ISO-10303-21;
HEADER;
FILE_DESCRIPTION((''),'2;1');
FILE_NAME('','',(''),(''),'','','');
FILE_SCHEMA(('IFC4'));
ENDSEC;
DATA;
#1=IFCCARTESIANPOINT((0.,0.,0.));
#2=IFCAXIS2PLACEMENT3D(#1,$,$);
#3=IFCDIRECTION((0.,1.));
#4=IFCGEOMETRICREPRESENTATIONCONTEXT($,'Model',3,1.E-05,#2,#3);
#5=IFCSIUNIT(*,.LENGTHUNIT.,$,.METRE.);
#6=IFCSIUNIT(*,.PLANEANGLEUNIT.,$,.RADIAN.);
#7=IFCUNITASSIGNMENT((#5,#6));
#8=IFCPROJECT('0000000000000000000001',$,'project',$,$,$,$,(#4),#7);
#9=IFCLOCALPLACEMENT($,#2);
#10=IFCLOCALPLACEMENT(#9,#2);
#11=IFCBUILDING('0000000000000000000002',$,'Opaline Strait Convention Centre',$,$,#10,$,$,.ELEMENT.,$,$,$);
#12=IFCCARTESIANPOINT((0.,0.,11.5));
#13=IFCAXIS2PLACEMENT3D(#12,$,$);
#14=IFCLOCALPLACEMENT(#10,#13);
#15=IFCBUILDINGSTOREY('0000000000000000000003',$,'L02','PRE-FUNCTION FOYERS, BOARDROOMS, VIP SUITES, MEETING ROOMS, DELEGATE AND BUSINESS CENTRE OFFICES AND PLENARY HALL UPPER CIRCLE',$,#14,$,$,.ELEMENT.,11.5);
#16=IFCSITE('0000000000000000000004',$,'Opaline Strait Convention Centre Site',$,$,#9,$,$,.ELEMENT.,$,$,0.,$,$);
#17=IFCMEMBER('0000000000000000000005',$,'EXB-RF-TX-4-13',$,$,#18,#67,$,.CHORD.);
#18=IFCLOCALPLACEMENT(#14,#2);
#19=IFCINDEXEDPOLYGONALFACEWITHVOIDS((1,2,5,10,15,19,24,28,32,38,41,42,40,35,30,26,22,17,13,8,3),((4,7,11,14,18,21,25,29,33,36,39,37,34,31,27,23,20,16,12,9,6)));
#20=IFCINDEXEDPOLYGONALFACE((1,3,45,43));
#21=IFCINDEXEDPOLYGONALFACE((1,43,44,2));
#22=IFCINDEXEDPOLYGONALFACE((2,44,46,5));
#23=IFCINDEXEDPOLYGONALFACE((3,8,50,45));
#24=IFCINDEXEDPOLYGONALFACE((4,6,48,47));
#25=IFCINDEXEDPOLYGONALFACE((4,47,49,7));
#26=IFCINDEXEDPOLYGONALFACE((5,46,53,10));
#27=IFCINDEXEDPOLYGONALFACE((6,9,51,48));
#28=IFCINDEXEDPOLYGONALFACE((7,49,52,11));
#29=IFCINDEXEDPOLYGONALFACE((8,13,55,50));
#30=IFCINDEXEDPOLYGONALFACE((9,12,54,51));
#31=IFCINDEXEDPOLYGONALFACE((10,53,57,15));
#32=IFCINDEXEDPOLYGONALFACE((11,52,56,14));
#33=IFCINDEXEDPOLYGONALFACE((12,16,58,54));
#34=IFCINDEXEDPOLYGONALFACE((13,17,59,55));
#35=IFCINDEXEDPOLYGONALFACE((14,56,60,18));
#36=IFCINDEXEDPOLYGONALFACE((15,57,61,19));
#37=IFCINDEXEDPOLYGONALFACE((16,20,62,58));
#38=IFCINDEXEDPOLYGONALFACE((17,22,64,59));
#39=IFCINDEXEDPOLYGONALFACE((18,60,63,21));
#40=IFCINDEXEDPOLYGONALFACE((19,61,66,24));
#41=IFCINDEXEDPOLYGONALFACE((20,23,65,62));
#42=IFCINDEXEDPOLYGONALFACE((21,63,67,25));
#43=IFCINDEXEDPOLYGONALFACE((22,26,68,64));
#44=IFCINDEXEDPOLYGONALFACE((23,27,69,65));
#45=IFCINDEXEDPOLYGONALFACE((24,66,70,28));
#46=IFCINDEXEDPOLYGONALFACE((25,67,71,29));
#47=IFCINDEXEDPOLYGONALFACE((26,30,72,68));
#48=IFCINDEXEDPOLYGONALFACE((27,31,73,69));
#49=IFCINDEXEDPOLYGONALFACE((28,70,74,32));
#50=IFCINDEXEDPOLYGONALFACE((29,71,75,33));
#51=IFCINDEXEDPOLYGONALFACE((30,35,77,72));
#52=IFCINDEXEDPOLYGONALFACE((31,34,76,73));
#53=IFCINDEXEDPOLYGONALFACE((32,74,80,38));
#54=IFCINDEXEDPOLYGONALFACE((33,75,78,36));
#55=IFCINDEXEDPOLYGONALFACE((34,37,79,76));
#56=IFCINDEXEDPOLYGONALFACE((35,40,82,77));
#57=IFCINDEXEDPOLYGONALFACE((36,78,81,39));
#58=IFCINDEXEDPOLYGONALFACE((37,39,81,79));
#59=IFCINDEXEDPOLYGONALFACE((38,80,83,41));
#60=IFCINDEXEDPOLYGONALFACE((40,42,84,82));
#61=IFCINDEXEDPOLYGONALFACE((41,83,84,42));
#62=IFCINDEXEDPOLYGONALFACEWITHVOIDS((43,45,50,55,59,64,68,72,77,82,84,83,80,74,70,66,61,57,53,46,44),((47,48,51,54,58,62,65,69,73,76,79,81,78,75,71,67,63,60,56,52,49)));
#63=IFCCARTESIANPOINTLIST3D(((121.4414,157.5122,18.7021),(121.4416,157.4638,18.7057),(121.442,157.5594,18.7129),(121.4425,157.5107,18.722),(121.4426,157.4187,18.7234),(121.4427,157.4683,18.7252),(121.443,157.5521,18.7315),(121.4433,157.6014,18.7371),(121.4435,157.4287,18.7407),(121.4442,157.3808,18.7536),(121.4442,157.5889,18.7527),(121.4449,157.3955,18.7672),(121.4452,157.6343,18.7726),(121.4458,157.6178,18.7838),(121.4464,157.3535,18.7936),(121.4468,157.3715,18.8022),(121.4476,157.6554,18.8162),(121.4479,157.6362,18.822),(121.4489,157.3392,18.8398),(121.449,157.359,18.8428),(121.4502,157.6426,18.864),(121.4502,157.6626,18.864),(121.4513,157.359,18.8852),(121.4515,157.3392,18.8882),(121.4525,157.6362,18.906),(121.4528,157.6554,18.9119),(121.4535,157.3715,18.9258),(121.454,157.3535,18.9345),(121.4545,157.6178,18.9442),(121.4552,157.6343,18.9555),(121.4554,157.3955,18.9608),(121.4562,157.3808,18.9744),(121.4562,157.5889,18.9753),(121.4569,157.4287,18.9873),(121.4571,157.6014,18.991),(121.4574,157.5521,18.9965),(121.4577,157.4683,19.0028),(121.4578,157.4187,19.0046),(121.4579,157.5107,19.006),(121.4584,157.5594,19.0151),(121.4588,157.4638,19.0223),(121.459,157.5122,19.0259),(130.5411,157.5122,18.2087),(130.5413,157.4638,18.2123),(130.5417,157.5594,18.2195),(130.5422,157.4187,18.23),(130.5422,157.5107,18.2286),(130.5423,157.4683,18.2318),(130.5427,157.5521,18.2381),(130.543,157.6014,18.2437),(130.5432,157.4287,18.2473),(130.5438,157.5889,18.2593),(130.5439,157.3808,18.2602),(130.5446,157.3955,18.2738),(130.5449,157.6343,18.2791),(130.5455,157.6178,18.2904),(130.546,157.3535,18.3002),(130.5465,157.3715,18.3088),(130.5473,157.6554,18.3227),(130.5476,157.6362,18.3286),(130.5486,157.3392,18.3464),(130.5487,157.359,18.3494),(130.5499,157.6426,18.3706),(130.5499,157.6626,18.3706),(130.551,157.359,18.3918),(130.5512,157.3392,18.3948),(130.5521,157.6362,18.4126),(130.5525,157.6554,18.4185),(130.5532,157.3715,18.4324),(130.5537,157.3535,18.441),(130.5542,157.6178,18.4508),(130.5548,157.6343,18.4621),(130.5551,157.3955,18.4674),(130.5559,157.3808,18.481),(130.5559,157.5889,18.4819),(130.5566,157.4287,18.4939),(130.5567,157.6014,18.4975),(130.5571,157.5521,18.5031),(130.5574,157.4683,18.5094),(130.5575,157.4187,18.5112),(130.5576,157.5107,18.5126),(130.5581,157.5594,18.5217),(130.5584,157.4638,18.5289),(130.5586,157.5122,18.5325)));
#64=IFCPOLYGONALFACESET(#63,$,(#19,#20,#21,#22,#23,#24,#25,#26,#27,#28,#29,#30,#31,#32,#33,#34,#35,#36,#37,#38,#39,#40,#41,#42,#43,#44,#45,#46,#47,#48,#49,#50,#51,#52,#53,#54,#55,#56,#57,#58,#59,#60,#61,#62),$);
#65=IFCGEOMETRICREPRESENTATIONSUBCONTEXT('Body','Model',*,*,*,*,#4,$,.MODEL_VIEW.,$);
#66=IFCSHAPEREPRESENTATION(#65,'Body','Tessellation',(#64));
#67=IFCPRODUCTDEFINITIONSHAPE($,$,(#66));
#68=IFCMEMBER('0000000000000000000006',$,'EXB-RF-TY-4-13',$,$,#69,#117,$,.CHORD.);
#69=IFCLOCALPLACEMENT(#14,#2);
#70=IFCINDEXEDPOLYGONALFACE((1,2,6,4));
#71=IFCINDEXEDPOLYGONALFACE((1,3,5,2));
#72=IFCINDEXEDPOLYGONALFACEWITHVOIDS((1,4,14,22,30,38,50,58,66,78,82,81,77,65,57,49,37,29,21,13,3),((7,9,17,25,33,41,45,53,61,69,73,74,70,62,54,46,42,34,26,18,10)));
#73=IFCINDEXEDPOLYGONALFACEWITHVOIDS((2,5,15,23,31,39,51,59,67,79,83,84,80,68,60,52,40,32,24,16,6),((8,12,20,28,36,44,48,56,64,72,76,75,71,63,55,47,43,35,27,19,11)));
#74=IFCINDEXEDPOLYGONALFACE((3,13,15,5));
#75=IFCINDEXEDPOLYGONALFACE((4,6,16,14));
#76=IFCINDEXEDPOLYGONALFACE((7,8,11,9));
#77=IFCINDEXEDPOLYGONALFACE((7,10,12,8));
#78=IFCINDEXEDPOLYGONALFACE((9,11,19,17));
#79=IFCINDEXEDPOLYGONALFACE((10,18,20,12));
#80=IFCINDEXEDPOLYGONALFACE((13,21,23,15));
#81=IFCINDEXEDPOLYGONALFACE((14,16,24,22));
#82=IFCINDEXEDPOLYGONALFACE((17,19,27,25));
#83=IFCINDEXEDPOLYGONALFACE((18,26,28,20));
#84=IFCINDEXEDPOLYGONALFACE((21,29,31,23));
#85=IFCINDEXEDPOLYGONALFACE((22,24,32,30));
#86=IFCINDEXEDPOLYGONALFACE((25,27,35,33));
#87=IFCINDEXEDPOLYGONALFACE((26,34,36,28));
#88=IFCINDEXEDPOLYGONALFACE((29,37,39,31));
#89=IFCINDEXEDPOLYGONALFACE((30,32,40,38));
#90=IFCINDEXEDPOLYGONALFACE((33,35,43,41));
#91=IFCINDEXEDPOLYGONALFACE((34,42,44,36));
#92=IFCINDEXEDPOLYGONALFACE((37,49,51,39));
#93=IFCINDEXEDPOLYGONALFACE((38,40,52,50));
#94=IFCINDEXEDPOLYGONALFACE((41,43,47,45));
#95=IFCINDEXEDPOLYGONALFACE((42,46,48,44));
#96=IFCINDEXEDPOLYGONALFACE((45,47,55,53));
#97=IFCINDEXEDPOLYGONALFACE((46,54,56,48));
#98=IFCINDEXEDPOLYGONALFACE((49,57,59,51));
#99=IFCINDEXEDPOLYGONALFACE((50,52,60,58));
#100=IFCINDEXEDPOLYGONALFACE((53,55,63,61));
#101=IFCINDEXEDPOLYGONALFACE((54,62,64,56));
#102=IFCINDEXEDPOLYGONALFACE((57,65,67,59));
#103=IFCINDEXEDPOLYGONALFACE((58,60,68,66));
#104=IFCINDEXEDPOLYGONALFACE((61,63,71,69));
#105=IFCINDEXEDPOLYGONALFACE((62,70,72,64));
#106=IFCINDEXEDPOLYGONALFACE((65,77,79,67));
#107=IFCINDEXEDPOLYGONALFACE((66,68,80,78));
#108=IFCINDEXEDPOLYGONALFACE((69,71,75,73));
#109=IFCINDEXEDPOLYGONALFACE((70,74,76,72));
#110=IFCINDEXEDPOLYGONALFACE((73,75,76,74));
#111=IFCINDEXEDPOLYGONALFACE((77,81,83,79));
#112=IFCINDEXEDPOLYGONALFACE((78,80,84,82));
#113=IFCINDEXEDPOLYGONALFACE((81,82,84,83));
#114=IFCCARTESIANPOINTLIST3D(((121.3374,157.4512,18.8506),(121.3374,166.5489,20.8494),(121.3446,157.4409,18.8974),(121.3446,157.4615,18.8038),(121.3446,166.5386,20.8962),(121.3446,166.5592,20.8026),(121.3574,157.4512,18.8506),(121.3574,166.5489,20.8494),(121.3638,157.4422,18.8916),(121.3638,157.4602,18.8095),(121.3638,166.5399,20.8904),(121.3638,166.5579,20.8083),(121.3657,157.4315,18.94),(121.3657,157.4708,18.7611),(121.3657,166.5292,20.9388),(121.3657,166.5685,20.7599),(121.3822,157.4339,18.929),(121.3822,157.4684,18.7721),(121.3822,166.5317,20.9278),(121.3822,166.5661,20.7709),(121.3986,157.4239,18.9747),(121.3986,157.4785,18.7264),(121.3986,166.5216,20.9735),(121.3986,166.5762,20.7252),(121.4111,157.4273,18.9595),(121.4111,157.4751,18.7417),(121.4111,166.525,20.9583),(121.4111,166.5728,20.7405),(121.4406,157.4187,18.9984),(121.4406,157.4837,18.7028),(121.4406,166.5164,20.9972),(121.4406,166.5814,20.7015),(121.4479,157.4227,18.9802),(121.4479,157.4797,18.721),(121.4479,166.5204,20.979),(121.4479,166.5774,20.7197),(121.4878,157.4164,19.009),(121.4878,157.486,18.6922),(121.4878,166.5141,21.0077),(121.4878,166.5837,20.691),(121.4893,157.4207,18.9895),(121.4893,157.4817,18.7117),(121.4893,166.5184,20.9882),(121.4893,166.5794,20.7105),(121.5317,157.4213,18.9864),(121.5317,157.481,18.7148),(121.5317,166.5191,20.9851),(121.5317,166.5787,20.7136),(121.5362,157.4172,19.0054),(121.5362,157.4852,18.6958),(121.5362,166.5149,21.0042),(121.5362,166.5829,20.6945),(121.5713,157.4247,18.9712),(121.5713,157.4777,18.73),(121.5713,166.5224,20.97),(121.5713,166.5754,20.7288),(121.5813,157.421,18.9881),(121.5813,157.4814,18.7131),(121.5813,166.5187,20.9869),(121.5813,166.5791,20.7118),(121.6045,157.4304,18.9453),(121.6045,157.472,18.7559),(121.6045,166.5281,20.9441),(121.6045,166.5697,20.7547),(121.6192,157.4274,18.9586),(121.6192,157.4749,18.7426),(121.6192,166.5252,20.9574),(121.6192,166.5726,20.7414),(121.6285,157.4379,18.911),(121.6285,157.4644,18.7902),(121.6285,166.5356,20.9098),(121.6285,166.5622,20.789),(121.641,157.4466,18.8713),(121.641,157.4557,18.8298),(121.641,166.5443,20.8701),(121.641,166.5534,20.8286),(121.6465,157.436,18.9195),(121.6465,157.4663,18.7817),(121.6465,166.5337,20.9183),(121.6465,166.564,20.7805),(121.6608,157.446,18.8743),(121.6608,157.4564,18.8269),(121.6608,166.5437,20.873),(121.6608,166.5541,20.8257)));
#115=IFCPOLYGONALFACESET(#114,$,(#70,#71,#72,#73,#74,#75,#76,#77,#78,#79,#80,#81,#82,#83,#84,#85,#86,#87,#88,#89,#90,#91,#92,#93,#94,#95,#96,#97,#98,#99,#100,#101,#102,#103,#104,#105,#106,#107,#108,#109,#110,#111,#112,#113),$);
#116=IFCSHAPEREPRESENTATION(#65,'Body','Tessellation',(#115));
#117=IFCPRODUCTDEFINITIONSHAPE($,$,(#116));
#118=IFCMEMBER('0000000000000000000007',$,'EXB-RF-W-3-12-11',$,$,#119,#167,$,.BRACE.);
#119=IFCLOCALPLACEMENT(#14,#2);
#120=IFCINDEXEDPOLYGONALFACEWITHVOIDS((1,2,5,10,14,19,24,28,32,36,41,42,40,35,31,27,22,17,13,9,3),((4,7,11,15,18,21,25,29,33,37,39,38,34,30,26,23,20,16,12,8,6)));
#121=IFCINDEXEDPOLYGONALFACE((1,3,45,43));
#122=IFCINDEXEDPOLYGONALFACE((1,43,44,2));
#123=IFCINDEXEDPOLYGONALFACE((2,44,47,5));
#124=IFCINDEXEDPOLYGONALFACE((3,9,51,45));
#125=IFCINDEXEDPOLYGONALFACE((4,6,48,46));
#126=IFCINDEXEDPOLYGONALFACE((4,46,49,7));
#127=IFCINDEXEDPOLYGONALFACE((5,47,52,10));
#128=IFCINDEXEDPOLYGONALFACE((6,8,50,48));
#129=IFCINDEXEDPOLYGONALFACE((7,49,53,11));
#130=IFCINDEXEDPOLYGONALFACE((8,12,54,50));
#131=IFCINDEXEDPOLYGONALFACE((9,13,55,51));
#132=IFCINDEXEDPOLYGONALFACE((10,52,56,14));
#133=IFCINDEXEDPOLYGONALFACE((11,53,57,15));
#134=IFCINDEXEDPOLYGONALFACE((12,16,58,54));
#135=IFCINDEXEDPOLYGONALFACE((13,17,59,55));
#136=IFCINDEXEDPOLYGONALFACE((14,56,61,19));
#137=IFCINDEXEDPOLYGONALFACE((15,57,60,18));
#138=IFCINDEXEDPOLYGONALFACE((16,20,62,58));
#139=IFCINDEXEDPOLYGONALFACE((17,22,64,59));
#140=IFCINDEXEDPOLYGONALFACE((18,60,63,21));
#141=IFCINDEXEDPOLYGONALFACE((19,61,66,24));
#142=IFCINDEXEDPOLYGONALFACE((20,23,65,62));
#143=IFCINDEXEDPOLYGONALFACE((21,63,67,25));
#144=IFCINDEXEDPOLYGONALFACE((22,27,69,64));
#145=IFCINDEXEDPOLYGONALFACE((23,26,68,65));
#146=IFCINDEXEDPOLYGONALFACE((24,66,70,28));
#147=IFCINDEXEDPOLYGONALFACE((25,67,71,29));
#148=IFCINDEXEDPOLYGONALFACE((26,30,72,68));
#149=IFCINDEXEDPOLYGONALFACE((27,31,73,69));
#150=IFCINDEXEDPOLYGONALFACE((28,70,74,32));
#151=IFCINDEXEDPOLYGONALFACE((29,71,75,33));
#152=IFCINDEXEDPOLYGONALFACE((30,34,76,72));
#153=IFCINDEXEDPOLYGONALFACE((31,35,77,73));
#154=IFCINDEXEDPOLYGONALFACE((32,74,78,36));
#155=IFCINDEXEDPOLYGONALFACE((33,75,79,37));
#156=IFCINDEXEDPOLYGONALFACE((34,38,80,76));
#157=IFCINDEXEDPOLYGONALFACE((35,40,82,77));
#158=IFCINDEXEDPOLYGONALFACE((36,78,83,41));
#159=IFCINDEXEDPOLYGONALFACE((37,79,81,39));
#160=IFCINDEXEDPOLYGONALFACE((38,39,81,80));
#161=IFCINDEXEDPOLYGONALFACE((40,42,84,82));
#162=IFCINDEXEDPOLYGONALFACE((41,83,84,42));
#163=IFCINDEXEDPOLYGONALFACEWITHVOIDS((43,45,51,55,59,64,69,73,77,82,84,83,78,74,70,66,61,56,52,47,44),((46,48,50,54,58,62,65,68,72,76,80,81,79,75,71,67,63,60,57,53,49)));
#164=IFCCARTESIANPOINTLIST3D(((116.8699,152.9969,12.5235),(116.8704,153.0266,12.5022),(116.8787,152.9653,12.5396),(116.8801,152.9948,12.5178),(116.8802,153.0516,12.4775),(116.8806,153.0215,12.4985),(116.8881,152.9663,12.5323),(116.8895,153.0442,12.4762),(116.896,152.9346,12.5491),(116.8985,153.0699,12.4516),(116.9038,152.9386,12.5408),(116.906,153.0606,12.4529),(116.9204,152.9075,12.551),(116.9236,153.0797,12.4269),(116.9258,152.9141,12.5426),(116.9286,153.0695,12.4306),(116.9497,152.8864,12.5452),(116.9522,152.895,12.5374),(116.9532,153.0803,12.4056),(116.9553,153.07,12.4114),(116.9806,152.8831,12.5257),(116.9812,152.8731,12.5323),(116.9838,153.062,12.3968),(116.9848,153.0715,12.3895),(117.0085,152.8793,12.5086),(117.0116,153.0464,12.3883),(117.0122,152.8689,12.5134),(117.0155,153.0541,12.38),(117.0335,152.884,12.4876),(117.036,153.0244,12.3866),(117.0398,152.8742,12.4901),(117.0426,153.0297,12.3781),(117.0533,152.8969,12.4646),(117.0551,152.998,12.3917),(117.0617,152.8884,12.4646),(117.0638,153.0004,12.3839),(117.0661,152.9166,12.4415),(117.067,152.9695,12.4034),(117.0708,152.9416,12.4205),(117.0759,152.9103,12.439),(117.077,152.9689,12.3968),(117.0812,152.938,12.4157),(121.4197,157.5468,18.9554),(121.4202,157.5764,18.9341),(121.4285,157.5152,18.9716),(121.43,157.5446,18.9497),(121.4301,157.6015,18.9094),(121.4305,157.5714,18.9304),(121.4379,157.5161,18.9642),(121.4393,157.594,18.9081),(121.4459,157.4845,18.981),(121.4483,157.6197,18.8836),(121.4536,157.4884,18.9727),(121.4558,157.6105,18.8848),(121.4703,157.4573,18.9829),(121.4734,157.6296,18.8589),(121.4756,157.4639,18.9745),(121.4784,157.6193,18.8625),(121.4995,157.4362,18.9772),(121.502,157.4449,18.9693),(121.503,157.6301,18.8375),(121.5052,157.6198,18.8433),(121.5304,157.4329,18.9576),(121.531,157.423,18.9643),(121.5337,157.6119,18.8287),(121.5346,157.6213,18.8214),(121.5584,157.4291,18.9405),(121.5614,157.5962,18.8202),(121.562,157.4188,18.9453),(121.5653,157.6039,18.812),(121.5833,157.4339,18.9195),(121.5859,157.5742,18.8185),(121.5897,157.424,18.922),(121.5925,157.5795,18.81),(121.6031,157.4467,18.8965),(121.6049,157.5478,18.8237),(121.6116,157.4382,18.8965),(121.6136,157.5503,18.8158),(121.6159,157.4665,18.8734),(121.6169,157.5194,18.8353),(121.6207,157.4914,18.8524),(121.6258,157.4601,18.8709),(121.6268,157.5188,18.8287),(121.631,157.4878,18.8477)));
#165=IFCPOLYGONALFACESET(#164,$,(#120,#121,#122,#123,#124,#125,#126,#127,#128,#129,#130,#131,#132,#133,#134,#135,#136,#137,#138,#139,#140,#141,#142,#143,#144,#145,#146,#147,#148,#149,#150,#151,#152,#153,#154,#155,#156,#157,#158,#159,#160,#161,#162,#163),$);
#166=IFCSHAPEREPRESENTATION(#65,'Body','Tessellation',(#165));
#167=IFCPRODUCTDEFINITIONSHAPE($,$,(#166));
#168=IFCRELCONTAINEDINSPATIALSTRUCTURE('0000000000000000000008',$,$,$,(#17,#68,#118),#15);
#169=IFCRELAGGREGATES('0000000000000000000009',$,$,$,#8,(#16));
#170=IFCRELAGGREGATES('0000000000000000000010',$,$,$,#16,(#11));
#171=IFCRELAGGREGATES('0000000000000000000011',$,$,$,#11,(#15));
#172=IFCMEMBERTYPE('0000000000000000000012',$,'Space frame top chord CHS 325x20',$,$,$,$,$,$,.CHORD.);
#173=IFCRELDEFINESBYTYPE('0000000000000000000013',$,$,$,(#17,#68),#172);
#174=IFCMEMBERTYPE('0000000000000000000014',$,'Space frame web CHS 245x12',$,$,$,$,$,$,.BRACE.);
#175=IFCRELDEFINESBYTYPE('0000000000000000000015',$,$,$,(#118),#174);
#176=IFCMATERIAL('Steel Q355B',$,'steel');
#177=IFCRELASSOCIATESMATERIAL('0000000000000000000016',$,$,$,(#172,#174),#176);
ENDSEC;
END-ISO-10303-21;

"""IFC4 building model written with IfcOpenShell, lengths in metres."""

from ifc_helpers import new_model, si_unit, direction, frame, origin, origin_2d, place, context, subcontext, project, spatial, hollow_circle, extrude, material, material_profile, profile_set, type_object, element, save


model = new_model("IFC4")

# Units and contexts
model_context = context("Model", 3, precision=1e-05, world=origin(), true_north=direction((0.0, 1.0)))
body_context = subcontext(model_context, "Body", "Model", "MODEL_VIEW")
ifc_project = project(units=[si_unit("LENGTHUNIT", "METRE"), si_unit("PLANEANGLEUNIT", "RADIAN")], contexts=[model_context])

# Site, building, storey
site_placement = place(None, origin())
site = spatial("IfcSite", under=ifc_project, at=site_placement, Name="Opaline Strait Convention Centre Site", CompositionType="ELEMENT", RefElevation=0.0)
building_placement = place(site_placement, origin())
building = spatial("IfcBuilding", under=site, at=building_placement, Name="Opaline Strait Convention Centre", CompositionType="ELEMENT")
storey_placement = place(building_placement, frame((0.0, 0.0, 11.5)))
storey = spatial("IfcBuildingStorey", under=building, at=storey_placement, Name="L02", Description="PRE-FUNCTION FOYERS, BOARDROOMS, VIP SUITES, MEETING ROOMS, DELEGATE AND BUSINESS CENTRE OFFICES AND PLENARY HALL UPPER CIRCLE", CompositionType="ELEMENT", Elevation=11.5)

# Members
ifc_material_1 = material(Name="Steel Q355B", Category="steel")
ifc_material_profile_1 = material_profile(ifc_material_1, hollow_circle(Radius=0.1626, WallThickness=0.02, at=origin_2d()), Name="CHS 325x20")
ifc_profile_set_1 = profile_set([ifc_material_profile_1], Name="Steel Q355B")
member_type_1 = type_object("IfcMemberType", Name="Space frame top chord CHS 325x20", PredefinedType="CHORD", material=ifc_profile_set_1)
member_1_placement = place(storey_placement, frame((121.4502, 157.5, 18.864), z_axis=(0.998533, 0.0, -0.054143), x_axis=(0.0, 1.0, 0.0)))
element("IfcMember", 1, at=member_1_placement, inside=storey, type_object=member_type_1, Name="EXB-RF-TX-4-13", PredefinedType="CHORD", context=body_context, shape_type="SweptSolid", body=[
    extrude(hollow_circle(Radius=0.1626, WallThickness=0.02, at=origin_2d()), origin(), (0.0, 0.0, 1.0), 9.113),
])
member_2_placement = place(storey_placement, frame((121.5, 157.4512, 18.8506), z_axis=(0.0, 0.976705, 0.214585), x_axis=(-1.0, 0.0, 0.0)))
element("IfcMember", 2, at=member_2_placement, inside=storey, type_object=member_type_1, Name="EXB-RF-TY-4-13", PredefinedType="CHORD", context=body_context, shape_type="SweptSolid", body=[
    extrude(hollow_circle(Radius=0.1626, WallThickness=0.02, at=origin_2d()), origin(), (0.0, 0.0, 1.0), 9.3147),
])
ifc_material_profile_2 = material_profile(ifc_material_1, hollow_circle(Radius=0.1226, WallThickness=0.012, at=origin_2d()), Name="CHS 245x12")
ifc_profile_set_2 = profile_set([ifc_material_profile_2], Name="Steel Q355B")
member_type_2 = type_object("IfcMemberType", Name="Space frame web CHS 245x12", PredefinedType="BRACE", material=ifc_profile_set_2)
member_3_placement = place(storey_placement, frame((121.5249, 157.5249, 18.8965), z_axis=(-0.500098, -0.500098, -0.706969), x_axis=(0.707107, -0.707107, 0.0)))
element("IfcMember", 3, at=member_3_placement, inside=storey, type_object=member_type_2, Name="EXB-RF-W-3-12-11", PredefinedType="BRACE", context=body_context, shape_type="SweptSolid", body=[
    extrude(hollow_circle(Radius=0.1226, WallThickness=0.012, at=origin_2d()), origin(), (0.0, 0.0, 1.0), 9.0979),
])

save(model, "model.ifc")
